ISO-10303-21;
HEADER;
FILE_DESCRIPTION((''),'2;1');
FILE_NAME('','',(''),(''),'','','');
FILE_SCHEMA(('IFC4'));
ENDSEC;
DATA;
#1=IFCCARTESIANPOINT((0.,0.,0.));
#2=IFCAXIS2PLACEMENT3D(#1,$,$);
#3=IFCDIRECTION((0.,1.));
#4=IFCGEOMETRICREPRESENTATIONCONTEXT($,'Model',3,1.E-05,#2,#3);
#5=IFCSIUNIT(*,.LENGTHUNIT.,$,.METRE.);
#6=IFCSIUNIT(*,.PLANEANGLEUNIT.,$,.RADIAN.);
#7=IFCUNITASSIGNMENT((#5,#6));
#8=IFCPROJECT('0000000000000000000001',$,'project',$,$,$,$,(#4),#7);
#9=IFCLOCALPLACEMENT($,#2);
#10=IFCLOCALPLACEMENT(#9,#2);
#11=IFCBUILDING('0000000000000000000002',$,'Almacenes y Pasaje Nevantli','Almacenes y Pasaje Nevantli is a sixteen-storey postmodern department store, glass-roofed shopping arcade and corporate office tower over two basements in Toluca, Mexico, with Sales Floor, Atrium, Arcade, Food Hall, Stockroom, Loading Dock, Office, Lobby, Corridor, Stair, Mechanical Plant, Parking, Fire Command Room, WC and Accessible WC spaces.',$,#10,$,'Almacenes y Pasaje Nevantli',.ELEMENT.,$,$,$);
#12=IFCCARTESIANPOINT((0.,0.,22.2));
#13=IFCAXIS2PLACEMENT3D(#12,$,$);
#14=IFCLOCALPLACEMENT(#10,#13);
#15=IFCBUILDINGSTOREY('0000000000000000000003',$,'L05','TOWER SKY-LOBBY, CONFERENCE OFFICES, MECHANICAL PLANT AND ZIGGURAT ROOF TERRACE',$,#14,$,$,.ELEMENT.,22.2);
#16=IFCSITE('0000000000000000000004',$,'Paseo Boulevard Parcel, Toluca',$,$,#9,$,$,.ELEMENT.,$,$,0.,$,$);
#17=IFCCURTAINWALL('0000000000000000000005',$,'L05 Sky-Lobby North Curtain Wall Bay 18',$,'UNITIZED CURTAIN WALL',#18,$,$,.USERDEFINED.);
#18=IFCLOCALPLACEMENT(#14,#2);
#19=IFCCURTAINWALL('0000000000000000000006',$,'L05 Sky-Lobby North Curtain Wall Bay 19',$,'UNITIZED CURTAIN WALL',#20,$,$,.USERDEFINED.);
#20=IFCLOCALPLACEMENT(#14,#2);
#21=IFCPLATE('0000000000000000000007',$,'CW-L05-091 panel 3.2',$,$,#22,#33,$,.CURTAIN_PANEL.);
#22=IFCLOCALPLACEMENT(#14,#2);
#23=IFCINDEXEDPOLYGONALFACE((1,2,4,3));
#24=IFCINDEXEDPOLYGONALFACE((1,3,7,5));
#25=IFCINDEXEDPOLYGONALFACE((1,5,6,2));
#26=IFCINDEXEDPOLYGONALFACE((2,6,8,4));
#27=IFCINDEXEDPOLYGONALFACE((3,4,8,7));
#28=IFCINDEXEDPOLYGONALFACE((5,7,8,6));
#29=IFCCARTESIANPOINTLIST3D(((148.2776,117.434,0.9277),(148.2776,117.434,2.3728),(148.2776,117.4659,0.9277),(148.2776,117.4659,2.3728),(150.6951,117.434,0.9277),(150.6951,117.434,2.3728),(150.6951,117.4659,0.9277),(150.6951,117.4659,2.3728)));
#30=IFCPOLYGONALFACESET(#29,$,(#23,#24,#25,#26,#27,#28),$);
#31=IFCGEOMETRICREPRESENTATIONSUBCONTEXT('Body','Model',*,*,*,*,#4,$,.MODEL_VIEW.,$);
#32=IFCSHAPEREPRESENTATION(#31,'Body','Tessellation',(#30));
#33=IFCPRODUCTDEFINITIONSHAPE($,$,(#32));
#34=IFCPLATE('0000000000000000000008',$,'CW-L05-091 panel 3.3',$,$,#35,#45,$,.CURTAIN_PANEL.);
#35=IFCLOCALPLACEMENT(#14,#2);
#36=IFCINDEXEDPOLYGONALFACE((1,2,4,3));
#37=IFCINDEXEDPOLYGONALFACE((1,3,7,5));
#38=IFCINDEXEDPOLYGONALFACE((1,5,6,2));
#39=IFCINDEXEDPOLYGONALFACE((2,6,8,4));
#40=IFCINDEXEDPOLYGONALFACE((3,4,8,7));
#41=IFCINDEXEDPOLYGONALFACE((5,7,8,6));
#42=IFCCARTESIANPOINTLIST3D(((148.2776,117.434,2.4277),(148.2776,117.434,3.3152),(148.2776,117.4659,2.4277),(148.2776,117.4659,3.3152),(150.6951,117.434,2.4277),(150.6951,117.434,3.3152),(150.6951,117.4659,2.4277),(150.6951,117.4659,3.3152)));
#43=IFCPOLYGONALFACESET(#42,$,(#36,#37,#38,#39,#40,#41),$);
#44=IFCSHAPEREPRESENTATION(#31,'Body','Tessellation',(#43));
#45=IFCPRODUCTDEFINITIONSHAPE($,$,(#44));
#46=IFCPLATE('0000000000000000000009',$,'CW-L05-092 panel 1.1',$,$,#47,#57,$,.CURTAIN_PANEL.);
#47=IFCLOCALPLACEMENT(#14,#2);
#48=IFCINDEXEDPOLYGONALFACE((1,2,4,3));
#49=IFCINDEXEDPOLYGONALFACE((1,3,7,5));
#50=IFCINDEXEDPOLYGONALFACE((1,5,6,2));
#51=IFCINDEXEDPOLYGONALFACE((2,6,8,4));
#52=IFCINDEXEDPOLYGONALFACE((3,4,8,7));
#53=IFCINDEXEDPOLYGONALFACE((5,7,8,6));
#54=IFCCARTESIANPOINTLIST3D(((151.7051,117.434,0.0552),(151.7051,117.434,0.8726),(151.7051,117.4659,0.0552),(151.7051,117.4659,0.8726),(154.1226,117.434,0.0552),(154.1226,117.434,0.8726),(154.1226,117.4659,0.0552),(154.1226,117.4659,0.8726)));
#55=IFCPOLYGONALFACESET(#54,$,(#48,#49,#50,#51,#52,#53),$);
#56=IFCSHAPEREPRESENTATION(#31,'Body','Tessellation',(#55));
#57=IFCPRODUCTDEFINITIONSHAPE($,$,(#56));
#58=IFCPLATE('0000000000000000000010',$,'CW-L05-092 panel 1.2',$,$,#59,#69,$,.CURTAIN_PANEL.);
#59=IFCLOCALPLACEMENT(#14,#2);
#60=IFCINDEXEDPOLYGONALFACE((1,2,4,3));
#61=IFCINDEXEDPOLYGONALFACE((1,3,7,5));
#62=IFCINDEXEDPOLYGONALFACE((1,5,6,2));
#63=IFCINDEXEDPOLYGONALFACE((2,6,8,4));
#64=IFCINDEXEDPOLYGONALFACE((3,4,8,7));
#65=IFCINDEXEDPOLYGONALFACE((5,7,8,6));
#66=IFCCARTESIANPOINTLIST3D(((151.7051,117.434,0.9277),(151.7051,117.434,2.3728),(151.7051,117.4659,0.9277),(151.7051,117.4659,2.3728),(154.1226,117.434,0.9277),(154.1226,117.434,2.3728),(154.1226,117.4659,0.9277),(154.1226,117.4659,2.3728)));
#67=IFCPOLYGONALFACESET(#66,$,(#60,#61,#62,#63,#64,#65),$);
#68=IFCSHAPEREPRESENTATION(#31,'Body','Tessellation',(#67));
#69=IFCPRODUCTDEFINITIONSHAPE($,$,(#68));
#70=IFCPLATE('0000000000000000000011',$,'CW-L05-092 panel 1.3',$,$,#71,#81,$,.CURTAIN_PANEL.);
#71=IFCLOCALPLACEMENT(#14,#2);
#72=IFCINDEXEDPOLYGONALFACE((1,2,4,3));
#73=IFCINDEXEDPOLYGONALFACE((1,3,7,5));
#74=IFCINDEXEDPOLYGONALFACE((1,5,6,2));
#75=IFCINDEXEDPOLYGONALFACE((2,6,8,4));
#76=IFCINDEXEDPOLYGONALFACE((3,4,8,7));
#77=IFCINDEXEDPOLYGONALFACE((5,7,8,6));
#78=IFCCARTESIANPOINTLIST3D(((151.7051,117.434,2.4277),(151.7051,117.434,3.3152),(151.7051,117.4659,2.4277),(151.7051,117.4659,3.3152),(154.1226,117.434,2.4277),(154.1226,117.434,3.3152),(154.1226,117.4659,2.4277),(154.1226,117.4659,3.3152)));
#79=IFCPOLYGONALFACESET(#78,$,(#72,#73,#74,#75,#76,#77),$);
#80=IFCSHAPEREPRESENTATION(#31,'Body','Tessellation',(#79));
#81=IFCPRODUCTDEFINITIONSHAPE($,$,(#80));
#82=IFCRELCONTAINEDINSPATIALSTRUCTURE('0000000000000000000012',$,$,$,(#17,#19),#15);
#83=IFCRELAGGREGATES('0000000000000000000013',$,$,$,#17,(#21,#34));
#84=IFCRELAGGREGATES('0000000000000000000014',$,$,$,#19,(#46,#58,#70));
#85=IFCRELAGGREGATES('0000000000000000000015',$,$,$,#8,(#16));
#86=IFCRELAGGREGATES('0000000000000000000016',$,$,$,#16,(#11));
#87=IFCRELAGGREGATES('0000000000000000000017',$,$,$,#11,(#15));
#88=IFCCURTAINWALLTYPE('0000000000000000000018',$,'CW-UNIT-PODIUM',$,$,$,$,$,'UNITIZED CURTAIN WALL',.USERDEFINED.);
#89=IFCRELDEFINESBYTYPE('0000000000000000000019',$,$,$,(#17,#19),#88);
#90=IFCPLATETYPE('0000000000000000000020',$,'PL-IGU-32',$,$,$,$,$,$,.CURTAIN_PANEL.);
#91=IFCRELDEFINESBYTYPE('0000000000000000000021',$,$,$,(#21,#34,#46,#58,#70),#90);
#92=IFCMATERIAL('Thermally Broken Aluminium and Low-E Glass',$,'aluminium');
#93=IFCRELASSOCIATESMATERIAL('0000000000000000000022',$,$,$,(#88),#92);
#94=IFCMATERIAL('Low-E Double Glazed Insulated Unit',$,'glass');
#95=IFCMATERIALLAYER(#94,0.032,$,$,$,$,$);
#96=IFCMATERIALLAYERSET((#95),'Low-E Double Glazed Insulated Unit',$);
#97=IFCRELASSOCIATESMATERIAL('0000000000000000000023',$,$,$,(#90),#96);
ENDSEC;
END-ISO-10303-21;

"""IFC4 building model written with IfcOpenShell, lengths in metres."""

from ifc_helpers import new_model, si_unit, direction, frame, origin, origin_2d, place, context, subcontext, project, spatial, rectangle, extrude, material, layer, layer_set, type_object, element, aggregate, save


model = new_model("IFC4")

# Units and contexts
model_context = context("Model", 3, precision=1e-05, world=origin(), true_north=direction((0.0, 1.0)))
body_context = subcontext(model_context, "Body", "Model", "MODEL_VIEW")
ifc_project = project(units=[si_unit("LENGTHUNIT", "METRE"), si_unit("PLANEANGLEUNIT", "RADIAN")], contexts=[model_context])

# Site, building, storey
site_placement = place(None, origin())
site = spatial("IfcSite", under=ifc_project, at=site_placement, Name="Paseo Boulevard Parcel, Toluca", CompositionType="ELEMENT", RefElevation=0.0)
building_placement = place(site_placement, origin())
building = spatial("IfcBuilding", under=site, at=building_placement, Name="Almacenes y Pasaje Nevantli", Description="Almacenes y Pasaje Nevantli is a sixteen-storey postmodern department store, glass-roofed shopping arcade and corporate office tower over two basements in Toluca, Mexico, with Sales Floor, Atrium, Arcade, Food Hall, Stockroom, Loading Dock, Office, Lobby, Corridor, Stair, Mechanical Plant, Parking, Fire Command Room, WC and Accessible WC spaces.", LongName="Almacenes y Pasaje Nevantli", CompositionType="ELEMENT")
storey_placement = place(building_placement, frame((0.0, 0.0, 22.2)))
storey = spatial("IfcBuildingStorey", under=building, at=storey_placement, Name="L05", Description="TOWER SKY-LOBBY, CONFERENCE OFFICES, MECHANICAL PLANT AND ZIGGURAT ROOF TERRACE", CompositionType="ELEMENT", Elevation=22.2)

# Curtain walls
ifc_material_1 = material(Name="Thermally Broken Aluminium and Low-E Glass", Category="aluminium")
curtain_wall_type = type_object("IfcCurtainWallType", Name="CW-UNIT-PODIUM", ElementType="UNITIZED CURTAIN WALL", PredefinedType="USERDEFINED", material=ifc_material_1)
curtain_wall_1_placement = place(storey_placement, origin())
curtain_wall_1 = element("IfcCurtainWall", 1, at=curtain_wall_1_placement, inside=storey, type_object=curtain_wall_type, Name="L05 Sky-Lobby North Curtain Wall Bay 18", ObjectType="UNITIZED CURTAIN WALL", PredefinedType="USERDEFINED")
curtain_wall_2_placement = place(storey_placement, origin())
curtain_wall_2 = element("IfcCurtainWall", 2, at=curtain_wall_2_placement, inside=storey, type_object=curtain_wall_type, Name="L05 Sky-Lobby North Curtain Wall Bay 19", ObjectType="UNITIZED CURTAIN WALL", PredefinedType="USERDEFINED")

# Plates
ifc_material_2 = material(Name="Low-E Double Glazed Insulated Unit", Category="glass")
ifc_layer = layer(ifc_material_2, 0.032)
ifc_layer_set = layer_set([ifc_layer], Name="Low-E Double Glazed Insulated Unit")
plate_type = type_object("IfcPlateType", Name="PL-IGU-32", PredefinedType="CURTAIN_PANEL", material=ifc_layer_set)
plate_1_placement = place(storey_placement, frame((149.4863, 117.45, 0.9277), z_axis=(0.0, 0.0, 1.0), x_axis=(1.0, 0.0, 0.0)))
plate_1 = element("IfcPlate", 3, at=plate_1_placement, type_object=plate_type, Name="CW-L05-091 panel 3.2", PredefinedType="CURTAIN_PANEL", context=body_context, shape_type="SweptSolid", body=[
    extrude(rectangle(XDim=2.4175, YDim=0.032, at=origin_2d()), origin(), (0.0, 0.0, 1.0), 1.4451),
])
plate_2_placement = place(storey_placement, frame((149.4863, 117.45, 2.4277), z_axis=(0.0, 0.0, 1.0), x_axis=(1.0, 0.0, 0.0)))
plate_2 = element("IfcPlate", 4, at=plate_2_placement, type_object=plate_type, Name="CW-L05-091 panel 3.3", PredefinedType="CURTAIN_PANEL", context=body_context, shape_type="SweptSolid", body=[
    extrude(rectangle(XDim=2.4175, YDim=0.032, at=origin_2d()), origin(), (0.0, 0.0, 1.0), 0.8875),
])
aggregate(curtain_wall_1, [plate_1, plate_2])
plate_3_placement = place(storey_placement, frame((152.9138, 117.45, 0.0552), z_axis=(0.0, 0.0, 1.0), x_axis=(1.0, 0.0, 0.0)))
plate_3 = element("IfcPlate", 5, at=plate_3_placement, type_object=plate_type, Name="CW-L05-092 panel 1.1", PredefinedType="CURTAIN_PANEL", context=body_context, shape_type="SweptSolid", body=[
    extrude(rectangle(XDim=2.4175, YDim=0.032, at=origin_2d()), origin(), (0.0, 0.0, 1.0), 0.8174),
])
plate_4_placement = place(storey_placement, frame((152.9138, 117.45, 0.9277), z_axis=(0.0, 0.0, 1.0), x_axis=(1.0, 0.0, 0.0)))
plate_4 = element("IfcPlate", 6, at=plate_4_placement, type_object=plate_type, Name="CW-L05-092 panel 1.2", PredefinedType="CURTAIN_PANEL", context=body_context, shape_type="SweptSolid", body=[
    extrude(rectangle(XDim=2.4175, YDim=0.032, at=origin_2d()), origin(), (0.0, 0.0, 1.0), 1.4451),
])
plate_5_placement = place(storey_placement, frame((152.9138, 117.45, 2.4277), z_axis=(0.0, 0.0, 1.0), x_axis=(1.0, 0.0, 0.0)))
plate_5 = element("IfcPlate", 7, at=plate_5_placement, type_object=plate_type, Name="CW-L05-092 panel 1.3", PredefinedType="CURTAIN_PANEL", context=body_context, shape_type="SweptSolid", body=[
    extrude(rectangle(XDim=2.4175, YDim=0.032, at=origin_2d()), origin(), (0.0, 0.0, 1.0), 0.8875),
])
aggregate(curtain_wall_2, [plate_3, plate_4, plate_5])

save(model, "model.ifc")
